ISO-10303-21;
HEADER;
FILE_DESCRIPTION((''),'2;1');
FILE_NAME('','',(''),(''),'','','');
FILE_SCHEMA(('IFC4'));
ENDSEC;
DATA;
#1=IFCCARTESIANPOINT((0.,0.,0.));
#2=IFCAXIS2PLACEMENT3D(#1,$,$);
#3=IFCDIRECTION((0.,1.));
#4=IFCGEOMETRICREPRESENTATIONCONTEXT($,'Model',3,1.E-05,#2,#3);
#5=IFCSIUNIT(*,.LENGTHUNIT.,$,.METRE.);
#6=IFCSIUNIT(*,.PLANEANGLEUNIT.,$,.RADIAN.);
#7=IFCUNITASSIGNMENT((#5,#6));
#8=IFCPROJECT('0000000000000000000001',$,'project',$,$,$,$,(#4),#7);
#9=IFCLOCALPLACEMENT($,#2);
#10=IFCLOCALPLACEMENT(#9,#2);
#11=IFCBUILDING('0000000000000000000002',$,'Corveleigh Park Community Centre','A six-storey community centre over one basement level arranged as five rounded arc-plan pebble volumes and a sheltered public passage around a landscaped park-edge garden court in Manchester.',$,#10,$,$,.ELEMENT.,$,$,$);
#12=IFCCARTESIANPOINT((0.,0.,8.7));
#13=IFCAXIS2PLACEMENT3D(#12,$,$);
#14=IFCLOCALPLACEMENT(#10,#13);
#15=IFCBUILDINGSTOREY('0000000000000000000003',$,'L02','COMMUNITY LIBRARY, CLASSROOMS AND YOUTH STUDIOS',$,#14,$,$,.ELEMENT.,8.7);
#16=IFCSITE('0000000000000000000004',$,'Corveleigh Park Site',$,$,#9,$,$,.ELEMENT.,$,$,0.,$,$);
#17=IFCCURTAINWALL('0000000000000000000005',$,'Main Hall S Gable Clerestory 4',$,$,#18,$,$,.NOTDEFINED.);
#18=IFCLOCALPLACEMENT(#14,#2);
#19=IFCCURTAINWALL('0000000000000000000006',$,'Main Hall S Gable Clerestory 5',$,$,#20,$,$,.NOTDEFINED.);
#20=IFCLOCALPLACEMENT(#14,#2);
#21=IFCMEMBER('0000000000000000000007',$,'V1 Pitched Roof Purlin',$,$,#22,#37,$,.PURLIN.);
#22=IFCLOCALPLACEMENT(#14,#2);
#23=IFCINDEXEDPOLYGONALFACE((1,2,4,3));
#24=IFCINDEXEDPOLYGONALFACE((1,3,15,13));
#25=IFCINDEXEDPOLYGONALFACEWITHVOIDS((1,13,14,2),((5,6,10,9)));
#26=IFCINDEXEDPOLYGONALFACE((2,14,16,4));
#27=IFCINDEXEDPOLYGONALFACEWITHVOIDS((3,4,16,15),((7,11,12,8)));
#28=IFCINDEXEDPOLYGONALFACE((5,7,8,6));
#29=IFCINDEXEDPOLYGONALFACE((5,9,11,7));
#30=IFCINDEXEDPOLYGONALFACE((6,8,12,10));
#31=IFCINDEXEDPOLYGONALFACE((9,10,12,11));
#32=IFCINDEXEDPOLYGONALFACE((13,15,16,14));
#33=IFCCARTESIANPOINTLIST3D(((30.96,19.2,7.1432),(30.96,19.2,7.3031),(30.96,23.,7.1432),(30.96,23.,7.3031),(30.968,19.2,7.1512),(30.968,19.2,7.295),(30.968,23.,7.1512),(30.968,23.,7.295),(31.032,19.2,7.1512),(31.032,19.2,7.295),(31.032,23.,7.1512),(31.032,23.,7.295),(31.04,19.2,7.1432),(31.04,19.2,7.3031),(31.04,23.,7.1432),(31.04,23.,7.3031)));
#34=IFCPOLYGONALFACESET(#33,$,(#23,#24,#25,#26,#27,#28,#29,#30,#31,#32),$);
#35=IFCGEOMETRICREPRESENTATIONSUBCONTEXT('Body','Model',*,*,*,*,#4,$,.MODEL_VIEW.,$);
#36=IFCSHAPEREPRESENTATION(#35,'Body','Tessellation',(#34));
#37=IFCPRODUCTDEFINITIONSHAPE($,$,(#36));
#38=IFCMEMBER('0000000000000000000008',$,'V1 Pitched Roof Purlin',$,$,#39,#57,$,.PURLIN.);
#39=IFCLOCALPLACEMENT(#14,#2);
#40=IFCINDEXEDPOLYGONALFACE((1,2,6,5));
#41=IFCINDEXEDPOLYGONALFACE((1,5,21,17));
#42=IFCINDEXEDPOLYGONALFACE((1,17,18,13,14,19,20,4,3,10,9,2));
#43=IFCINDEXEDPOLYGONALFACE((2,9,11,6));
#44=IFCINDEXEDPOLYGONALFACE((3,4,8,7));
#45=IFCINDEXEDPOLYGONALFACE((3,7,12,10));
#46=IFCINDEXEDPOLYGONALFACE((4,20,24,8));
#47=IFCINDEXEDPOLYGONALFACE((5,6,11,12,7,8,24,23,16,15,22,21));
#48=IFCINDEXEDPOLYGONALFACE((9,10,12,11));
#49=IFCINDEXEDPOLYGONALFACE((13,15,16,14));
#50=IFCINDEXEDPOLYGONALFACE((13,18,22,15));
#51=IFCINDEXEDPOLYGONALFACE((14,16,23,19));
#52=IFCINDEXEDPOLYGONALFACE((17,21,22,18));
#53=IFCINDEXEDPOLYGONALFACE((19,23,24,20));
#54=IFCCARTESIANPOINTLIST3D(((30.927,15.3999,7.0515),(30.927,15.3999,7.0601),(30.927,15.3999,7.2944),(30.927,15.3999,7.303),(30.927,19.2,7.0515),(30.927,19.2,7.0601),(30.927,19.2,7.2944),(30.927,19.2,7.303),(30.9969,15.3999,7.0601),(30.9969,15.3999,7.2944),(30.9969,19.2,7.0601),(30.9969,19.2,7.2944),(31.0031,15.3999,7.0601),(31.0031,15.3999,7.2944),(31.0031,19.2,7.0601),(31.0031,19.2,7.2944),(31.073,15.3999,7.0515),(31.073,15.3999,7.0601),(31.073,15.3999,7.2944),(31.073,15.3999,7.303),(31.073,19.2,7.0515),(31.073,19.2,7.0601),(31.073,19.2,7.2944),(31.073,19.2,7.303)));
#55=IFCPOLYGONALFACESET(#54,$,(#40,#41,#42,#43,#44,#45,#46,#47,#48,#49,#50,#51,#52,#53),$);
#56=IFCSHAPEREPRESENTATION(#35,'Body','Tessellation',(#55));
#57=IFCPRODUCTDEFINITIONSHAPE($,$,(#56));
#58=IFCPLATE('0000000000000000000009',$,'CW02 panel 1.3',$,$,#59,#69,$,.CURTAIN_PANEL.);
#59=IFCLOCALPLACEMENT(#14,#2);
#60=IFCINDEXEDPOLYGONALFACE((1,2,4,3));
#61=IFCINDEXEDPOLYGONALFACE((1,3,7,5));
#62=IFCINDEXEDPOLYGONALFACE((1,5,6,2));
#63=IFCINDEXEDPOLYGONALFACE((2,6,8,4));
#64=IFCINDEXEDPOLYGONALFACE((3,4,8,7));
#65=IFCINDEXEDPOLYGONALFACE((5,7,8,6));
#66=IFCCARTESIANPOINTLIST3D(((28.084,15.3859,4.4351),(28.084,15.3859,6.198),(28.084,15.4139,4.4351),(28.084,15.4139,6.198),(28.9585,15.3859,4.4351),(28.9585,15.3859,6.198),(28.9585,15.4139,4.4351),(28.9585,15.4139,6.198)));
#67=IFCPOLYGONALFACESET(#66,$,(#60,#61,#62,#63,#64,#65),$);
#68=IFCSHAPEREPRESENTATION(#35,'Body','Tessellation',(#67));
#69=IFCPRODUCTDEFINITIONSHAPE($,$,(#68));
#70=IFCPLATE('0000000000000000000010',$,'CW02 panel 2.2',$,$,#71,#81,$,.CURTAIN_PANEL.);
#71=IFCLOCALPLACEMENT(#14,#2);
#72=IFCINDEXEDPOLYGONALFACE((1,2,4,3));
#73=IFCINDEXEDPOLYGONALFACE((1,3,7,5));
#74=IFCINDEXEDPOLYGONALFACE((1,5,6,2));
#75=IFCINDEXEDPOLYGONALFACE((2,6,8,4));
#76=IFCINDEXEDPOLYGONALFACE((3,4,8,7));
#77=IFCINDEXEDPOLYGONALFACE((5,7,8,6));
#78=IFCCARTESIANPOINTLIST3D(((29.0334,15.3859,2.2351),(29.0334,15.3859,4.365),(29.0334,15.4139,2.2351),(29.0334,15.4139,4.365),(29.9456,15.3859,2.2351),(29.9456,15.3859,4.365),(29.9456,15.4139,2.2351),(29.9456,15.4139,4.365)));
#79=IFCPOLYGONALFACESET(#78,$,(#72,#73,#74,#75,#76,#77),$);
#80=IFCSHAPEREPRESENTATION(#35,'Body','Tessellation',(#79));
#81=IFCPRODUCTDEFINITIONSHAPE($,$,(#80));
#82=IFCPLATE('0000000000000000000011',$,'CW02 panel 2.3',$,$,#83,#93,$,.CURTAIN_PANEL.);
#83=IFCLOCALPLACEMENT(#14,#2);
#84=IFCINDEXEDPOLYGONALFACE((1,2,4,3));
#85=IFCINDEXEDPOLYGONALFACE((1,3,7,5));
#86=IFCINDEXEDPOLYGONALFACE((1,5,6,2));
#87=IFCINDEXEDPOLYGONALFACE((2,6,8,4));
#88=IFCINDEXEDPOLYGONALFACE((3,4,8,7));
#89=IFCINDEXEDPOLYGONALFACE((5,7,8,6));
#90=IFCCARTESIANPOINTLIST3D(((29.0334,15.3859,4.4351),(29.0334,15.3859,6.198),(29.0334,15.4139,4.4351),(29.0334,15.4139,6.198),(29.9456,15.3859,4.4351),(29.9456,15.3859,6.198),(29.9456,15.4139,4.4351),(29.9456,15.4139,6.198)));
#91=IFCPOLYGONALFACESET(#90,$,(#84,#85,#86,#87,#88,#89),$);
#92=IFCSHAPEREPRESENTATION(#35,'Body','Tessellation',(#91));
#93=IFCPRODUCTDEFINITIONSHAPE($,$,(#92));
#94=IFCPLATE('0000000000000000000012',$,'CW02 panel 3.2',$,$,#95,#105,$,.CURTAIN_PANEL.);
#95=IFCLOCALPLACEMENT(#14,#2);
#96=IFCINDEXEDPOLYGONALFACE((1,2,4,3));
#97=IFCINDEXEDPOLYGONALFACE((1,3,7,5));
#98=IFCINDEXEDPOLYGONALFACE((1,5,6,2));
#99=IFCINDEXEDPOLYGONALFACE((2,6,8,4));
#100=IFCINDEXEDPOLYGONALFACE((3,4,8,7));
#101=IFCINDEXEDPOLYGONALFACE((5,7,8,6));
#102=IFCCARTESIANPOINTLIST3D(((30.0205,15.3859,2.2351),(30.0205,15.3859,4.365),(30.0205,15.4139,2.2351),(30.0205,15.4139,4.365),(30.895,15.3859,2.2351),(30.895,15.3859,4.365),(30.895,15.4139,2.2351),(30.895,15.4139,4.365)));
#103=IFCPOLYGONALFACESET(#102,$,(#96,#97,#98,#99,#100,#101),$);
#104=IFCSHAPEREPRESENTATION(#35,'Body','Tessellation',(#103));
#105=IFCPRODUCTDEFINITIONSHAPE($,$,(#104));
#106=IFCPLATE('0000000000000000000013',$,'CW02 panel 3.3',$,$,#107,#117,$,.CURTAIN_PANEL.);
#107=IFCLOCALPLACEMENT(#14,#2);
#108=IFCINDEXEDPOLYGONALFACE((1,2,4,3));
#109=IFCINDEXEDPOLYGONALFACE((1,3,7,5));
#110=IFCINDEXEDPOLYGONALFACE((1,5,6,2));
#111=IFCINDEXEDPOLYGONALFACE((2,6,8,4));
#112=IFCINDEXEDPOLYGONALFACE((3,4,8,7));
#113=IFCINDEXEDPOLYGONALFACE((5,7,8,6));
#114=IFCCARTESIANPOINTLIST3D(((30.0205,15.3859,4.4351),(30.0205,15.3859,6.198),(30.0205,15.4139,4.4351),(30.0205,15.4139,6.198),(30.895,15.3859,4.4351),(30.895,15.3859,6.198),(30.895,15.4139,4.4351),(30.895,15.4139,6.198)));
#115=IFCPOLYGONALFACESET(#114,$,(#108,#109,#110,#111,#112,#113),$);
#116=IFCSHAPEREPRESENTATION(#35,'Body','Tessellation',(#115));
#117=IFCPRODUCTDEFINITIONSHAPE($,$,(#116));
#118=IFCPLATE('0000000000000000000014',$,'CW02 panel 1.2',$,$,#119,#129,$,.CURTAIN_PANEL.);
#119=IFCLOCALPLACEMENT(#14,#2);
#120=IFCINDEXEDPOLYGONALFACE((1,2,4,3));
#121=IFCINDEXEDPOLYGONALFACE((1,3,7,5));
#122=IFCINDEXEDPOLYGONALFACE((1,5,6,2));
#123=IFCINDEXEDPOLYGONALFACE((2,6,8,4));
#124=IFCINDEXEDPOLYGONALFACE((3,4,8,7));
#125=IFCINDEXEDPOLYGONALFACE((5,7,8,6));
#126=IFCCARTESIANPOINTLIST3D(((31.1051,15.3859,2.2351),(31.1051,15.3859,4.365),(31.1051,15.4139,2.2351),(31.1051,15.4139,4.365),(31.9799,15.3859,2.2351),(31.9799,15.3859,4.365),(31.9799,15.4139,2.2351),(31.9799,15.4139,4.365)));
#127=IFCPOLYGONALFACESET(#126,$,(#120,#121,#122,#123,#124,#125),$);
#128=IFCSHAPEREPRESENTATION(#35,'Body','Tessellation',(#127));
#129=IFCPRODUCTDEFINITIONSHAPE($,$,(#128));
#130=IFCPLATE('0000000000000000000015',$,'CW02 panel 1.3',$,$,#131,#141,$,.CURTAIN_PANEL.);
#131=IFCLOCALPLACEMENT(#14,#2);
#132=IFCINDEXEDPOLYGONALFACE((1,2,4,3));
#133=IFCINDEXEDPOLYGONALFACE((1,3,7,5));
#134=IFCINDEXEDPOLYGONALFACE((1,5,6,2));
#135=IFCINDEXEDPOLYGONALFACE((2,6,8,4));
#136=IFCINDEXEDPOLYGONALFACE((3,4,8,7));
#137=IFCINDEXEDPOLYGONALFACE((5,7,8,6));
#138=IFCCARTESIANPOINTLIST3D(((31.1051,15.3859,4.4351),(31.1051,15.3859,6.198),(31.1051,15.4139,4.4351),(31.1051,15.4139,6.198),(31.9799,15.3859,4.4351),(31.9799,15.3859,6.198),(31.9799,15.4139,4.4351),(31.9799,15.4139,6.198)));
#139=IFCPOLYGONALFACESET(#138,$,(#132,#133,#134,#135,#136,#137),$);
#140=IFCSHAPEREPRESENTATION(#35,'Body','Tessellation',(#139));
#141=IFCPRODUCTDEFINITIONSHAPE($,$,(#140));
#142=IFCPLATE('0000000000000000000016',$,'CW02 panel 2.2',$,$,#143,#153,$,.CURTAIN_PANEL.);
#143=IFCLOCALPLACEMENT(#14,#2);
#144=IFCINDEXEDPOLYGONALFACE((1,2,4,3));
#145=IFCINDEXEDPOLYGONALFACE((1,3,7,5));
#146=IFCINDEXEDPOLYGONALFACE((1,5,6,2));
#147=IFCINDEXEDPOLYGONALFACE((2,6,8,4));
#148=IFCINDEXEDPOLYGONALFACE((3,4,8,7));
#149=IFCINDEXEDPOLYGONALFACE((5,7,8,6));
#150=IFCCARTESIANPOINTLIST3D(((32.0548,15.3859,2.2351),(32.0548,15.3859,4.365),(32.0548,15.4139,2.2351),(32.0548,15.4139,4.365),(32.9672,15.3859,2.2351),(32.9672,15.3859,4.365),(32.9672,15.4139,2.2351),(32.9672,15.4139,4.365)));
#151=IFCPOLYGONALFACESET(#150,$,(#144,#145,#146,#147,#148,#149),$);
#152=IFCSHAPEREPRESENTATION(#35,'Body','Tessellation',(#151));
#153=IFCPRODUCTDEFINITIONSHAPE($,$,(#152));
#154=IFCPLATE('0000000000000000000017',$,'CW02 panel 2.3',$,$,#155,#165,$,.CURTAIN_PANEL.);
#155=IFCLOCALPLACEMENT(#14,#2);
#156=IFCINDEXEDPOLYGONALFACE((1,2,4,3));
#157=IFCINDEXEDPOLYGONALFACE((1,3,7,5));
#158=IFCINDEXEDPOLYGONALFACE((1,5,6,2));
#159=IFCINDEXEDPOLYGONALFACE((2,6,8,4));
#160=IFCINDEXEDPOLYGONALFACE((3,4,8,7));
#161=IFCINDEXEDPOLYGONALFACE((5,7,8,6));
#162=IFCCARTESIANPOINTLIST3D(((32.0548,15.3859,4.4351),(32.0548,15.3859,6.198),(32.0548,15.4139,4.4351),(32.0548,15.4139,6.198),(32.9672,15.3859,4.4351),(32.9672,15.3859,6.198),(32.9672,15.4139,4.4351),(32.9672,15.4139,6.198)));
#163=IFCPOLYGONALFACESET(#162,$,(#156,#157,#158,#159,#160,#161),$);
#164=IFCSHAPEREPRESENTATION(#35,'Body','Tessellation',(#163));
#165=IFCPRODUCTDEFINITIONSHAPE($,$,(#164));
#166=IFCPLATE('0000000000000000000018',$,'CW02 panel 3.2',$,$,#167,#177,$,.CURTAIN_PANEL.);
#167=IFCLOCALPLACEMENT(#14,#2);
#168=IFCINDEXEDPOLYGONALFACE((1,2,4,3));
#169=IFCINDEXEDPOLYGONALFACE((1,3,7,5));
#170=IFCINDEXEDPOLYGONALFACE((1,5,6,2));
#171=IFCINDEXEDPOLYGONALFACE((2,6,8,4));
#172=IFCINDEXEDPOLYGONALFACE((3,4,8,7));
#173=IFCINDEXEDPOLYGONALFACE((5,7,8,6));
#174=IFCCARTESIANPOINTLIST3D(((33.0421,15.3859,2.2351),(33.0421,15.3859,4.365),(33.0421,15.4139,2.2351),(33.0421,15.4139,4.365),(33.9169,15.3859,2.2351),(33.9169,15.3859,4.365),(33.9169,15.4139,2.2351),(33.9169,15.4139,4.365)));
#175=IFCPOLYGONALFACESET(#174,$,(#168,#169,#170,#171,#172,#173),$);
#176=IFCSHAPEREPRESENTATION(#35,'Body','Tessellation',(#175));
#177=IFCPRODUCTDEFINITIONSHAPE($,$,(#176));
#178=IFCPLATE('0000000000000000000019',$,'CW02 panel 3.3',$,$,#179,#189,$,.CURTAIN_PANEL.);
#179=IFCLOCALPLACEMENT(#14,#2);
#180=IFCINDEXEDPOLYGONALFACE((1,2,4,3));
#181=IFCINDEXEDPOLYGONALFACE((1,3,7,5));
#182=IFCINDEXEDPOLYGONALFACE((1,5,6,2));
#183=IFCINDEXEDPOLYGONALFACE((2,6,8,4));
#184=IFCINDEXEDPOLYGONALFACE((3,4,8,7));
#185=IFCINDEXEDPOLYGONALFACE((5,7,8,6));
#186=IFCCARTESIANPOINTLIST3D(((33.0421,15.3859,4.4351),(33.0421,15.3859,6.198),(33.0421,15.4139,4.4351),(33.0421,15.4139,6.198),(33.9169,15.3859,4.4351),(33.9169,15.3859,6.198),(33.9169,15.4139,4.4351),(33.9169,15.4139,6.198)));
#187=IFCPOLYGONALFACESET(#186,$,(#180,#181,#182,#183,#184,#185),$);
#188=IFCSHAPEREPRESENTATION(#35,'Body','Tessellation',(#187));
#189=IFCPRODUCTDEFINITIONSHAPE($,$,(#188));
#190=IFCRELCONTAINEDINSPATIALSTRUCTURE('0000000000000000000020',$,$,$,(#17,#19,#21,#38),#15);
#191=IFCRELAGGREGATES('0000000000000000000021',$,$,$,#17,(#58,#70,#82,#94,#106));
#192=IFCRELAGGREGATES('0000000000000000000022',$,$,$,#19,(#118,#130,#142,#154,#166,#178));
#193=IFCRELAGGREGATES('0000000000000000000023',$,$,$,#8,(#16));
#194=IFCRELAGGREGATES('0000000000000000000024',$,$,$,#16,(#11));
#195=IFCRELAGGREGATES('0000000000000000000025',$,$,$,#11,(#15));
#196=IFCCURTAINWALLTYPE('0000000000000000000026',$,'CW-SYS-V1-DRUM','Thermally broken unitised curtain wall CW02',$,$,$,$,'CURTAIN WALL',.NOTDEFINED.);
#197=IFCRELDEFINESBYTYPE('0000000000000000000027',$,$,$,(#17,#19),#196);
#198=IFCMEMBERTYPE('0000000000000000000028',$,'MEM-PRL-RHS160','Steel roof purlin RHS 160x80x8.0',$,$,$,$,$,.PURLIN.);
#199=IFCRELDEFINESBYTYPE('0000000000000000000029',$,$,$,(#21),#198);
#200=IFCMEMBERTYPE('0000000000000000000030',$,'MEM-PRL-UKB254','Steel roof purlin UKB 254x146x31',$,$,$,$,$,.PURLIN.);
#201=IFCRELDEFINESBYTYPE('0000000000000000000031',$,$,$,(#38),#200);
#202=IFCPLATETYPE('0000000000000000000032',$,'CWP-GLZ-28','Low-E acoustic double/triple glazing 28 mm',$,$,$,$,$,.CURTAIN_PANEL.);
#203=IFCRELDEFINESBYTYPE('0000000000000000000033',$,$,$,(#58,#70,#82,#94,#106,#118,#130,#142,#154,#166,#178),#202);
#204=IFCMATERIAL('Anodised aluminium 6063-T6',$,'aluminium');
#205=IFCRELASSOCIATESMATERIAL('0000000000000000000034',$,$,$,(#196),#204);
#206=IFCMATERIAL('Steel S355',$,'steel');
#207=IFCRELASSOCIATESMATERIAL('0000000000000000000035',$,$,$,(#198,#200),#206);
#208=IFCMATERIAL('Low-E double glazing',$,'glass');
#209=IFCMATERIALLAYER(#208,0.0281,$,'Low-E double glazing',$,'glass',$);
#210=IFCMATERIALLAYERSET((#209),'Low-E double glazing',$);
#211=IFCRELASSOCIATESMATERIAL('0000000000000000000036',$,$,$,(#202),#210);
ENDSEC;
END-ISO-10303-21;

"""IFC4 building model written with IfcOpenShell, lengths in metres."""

from ifc_helpers import new_model, si_unit, direction, frame, origin, origin_2d, place, context, subcontext, project, spatial, rectangle, hollow_rectangle, i_section, extrude, material, layer, layer_set, material_profile, profile_set, type_object, element, aggregate, save


model = new_model("IFC4")

# Units and contexts
model_context = context("Model", 3, precision=1e-05, world=origin(), true_north=direction((0.0, 1.0)))
body_context = subcontext(model_context, "Body", "Model", "MODEL_VIEW")
ifc_project = project(units=[si_unit("LENGTHUNIT", "METRE"), si_unit("PLANEANGLEUNIT", "RADIAN")], contexts=[model_context])

# Site, building, storey
site_placement = place(None, origin())
site = spatial("IfcSite", under=ifc_project, at=site_placement, Name="Corveleigh Park Site", CompositionType="ELEMENT", RefElevation=0.0)
building_placement = place(site_placement, origin())
building = spatial("IfcBuilding", under=site, at=building_placement, Name="Corveleigh Park Community Centre", Description="A six-storey community centre over one basement level arranged as five rounded arc-plan pebble volumes and a sheltered public passage around a landscaped park-edge garden court in Manchester.", CompositionType="ELEMENT")
storey_placement = place(building_placement, frame((0.0, 0.0, 8.7)))
storey = spatial("IfcBuildingStorey", under=building, at=storey_placement, Name="L02", Description="COMMUNITY LIBRARY, CLASSROOMS AND YOUTH STUDIOS", CompositionType="ELEMENT", Elevation=8.7)

# Shared definitions
ifc_material_1 = material(Name="Steel S355", Category="steel")

# Curtain walls
ifc_material_2 = material(Name="Anodised aluminium 6063-T6", Category="aluminium")
curtain_wall_type = type_object("IfcCurtainWallType", Name="CW-SYS-V1-DRUM", Description="Thermally broken unitised curtain wall CW02", ElementType="CURTAIN WALL", PredefinedType="NOTDEFINED", material=ifc_material_2)
curtain_wall_1_placement = place(storey_placement, origin())
curtain_wall_1 = element("IfcCurtainWall", 1, at=curtain_wall_1_placement, inside=storey, type_object=curtain_wall_type, Name="Main Hall S Gable Clerestory 4", PredefinedType="NOTDEFINED")
curtain_wall_2_placement = place(storey_placement, origin())
curtain_wall_2 = element("IfcCurtainWall", 2, at=curtain_wall_2_placement, inside=storey, type_object=curtain_wall_type, Name="Main Hall S Gable Clerestory 5", PredefinedType="NOTDEFINED")

# Members
ifc_material_profile_1 = material_profile(ifc_material_1, hollow_rectangle(XDim=0.0801, YDim=0.1599, WallThickness=0.0081, at=origin_2d()), Name="RHS 160x80x8.0", Category="steel")
ifc_profile_set_1 = profile_set([ifc_material_profile_1], Name="Steel S355")
member_type_1 = type_object("IfcMemberType", Name="MEM-PRL-RHS160", Description="Steel roof purlin RHS 160x80x8.0", PredefinedType="PURLIN", material=ifc_profile_set_1)
member_1_placement = place(storey_placement, frame((31.0, 19.2, 7.2231), z_axis=(0.0, 1.0, 0.0), x_axis=(-1.0, 0.0, 0.0)))
element("IfcMember", 3, at=member_1_placement, inside=storey, type_object=member_type_1, Name="V1 Pitched Roof Purlin", PredefinedType="PURLIN", context=body_context, shape_type="SweptSolid", body=[
    extrude(hollow_rectangle(XDim=0.0801, YDim=0.1599, WallThickness=0.0081, at=origin_2d()), origin(), (0.0, 0.0, 1.0), 3.8),
])
ifc_material_profile_2 = material_profile(ifc_material_1, i_section(OverallWidth=0.146, OverallDepth=0.2515, WebThickness=0.0061, FlangeThickness=0.0085, at=origin_2d()), Name="UKB 254x146x31", Category="steel")
ifc_profile_set_2 = profile_set([ifc_material_profile_2], Name="Steel S355")
member_type_2 = type_object("IfcMemberType", Name="MEM-PRL-UKB254", Description="Steel roof purlin UKB 254x146x31", PredefinedType="PURLIN", material=ifc_profile_set_2)
member_2_placement = place(storey_placement, frame((31.0, 15.3999, 7.1772), z_axis=(0.0, 1.0, 0.0), x_axis=(-1.0, 0.0, 0.0)))
element("IfcMember", 4, at=member_2_placement, inside=storey, type_object=member_type_2, Name="V1 Pitched Roof Purlin", PredefinedType="PURLIN", context=body_context, shape_type="SweptSolid", body=[
    extrude(i_section(OverallWidth=0.146, OverallDepth=0.2515, WebThickness=0.0061, FlangeThickness=0.0085, at=origin_2d()), origin(), (0.0, 0.0, 1.0), 3.8),
])

# Plates
ifc_material_3 = material(Name="Low-E double glazing", Category="glass")
ifc_layer_1 = layer(ifc_material_3, 0.0281, Name="Low-E double glazing", Category="glass")
ifc_layer_set_1 = layer_set([ifc_layer_1], Name="Low-E double glazing")
plate_type_1 = type_object("IfcPlateType", Name="CWP-GLZ-28", Description="Low-E acoustic double/triple glazing 28 mm", PredefinedType="CURTAIN_PANEL", material=ifc_layer_set_1)
plate_1_placement = place(storey_placement, frame((28.5212, 15.3999, 4.4351), z_axis=(0.0, 0.0, 1.0), x_axis=(1.0, 0.0, 0.0)))
plate_1 = element("IfcPlate", 5, at=plate_1_placement, type_object=plate_type_1, Name="CW02 panel 1.3", PredefinedType="CURTAIN_PANEL", context=body_context, shape_type="SweptSolid", body=[
    extrude(rectangle(XDim=0.8745, YDim=0.0281, at=origin_2d()), origin(), (0.0, 0.0, 1.0), 1.7629),
])
plate_2_placement = place(storey_placement, frame((29.4895, 15.3999, 2.2351), z_axis=(0.0, 0.0, 1.0), x_axis=(1.0, 0.0, 0.0)))
plate_2 = element("IfcPlate", 6, at=plate_2_placement, type_object=plate_type_1, Name="CW02 panel 2.2", PredefinedType="CURTAIN_PANEL", context=body_context, shape_type="SweptSolid", body=[
    extrude(rectangle(XDim=0.9121, YDim=0.0281, at=origin_2d()), origin(), (0.0, 0.0, 1.0), 2.1299),
])
plate_3_placement = place(storey_placement, frame((29.4895, 15.3999, 4.4351), z_axis=(0.0, 0.0, 1.0), x_axis=(1.0, 0.0, 0.0)))
plate_3 = element("IfcPlate", 7, at=plate_3_placement, type_object=plate_type_1, Name="CW02 panel 2.3", PredefinedType="CURTAIN_PANEL", context=body_context, shape_type="SweptSolid", body=[
    extrude(rectangle(XDim=0.9121, YDim=0.0281, at=origin_2d()), origin(), (0.0, 0.0, 1.0), 1.7629),
])
plate_4_placement = place(storey_placement, frame((30.4578, 15.3999, 2.2351), z_axis=(0.0, 0.0, 1.0), x_axis=(1.0, 0.0, 0.0)))
plate_4 = element("IfcPlate", 8, at=plate_4_placement, type_object=plate_type_1, Name="CW02 panel 3.2", PredefinedType="CURTAIN_PANEL", context=body_context, shape_type="SweptSolid", body=[
    extrude(rectangle(XDim=0.8745, YDim=0.0281, at=origin_2d()), origin(), (0.0, 0.0, 1.0), 2.1299),
])
plate_5_placement = place(storey_placement, frame((30.4578, 15.3999, 4.4351), z_axis=(0.0, 0.0, 1.0), x_axis=(1.0, 0.0, 0.0)))
plate_5 = element("IfcPlate", 9, at=plate_5_placement, type_object=plate_type_1, Name="CW02 panel 3.3", PredefinedType="CURTAIN_PANEL", context=body_context, shape_type="SweptSolid", body=[
    extrude(rectangle(XDim=0.8745, YDim=0.0281, at=origin_2d()), origin(), (0.0, 0.0, 1.0), 1.7629),
])
aggregate(curtain_wall_1, [plate_1, plate_2, plate_3, plate_4, plate_5])
plate_6_placement = place(storey_placement, frame((31.5425, 15.3999, 2.2351), z_axis=(0.0, 0.0, 1.0), x_axis=(1.0, 0.0, 0.0)))
plate_6 = element("IfcPlate", 10, at=plate_6_placement, type_object=plate_type_1, Name="CW02 panel 1.2", PredefinedType="CURTAIN_PANEL", context=body_context, shape_type="SweptSolid", body=[
    extrude(rectangle(XDim=0.8748, YDim=0.0281, at=origin_2d()), origin(), (0.0, 0.0, 1.0), 2.1299),
])
plate_7_placement = place(storey_placement, frame((31.5425, 15.3999, 4.4351), z_axis=(0.0, 0.0, 1.0), x_axis=(1.0, 0.0, 0.0)))
plate_7 = element("IfcPlate", 11, at=plate_7_placement, type_object=plate_type_1, Name="CW02 panel 1.3", PredefinedType="CURTAIN_PANEL", context=body_context, shape_type="SweptSolid", body=[
    extrude(rectangle(XDim=0.8748, YDim=0.0281, at=origin_2d()), origin(), (0.0, 0.0, 1.0), 1.7629),
])
plate_8_placement = place(storey_placement, frame((32.511, 15.3999, 2.2351), z_axis=(0.0, 0.0, 1.0), x_axis=(1.0, 0.0, 0.0)))
plate_8 = element("IfcPlate", 12, at=plate_8_placement, type_object=plate_type_1, Name="CW02 panel 2.2", PredefinedType="CURTAIN_PANEL", context=body_context, shape_type="SweptSolid", body=[
    extrude(rectangle(XDim=0.9124, YDim=0.0281, at=origin_2d()), origin(), (0.0, 0.0, 1.0), 2.1299),
])
plate_9_placement = place(storey_placement, frame((32.511, 15.3999, 4.4351), z_axis=(0.0, 0.0, 1.0), x_axis=(1.0, 0.0, 0.0)))
plate_9 = element("IfcPlate", 13, at=plate_9_placement, type_object=plate_type_1, Name="CW02 panel 2.3", PredefinedType="CURTAIN_PANEL", context=body_context, shape_type="SweptSolid", body=[
    extrude(rectangle(XDim=0.9124, YDim=0.0281, at=origin_2d()), origin(), (0.0, 0.0, 1.0), 1.7629),
])
plate_10_placement = place(storey_placement, frame((33.4795, 15.3999, 2.2351), z_axis=(0.0, 0.0, 1.0), x_axis=(1.0, 0.0, 0.0)))
plate_10 = element("IfcPlate", 14, at=plate_10_placement, type_object=plate_type_1, Name="CW02 panel 3.2", PredefinedType="CURTAIN_PANEL", context=body_context, shape_type="SweptSolid", body=[
    extrude(rectangle(XDim=0.8748, YDim=0.0281, at=origin_2d()), origin(), (0.0, 0.0, 1.0), 2.1299),
])
plate_11_placement = place(storey_placement, frame((33.4795, 15.3999, 4.4351), z_axis=(0.0, 0.0, 1.0), x_axis=(1.0, 0.0, 0.0)))
plate_11 = element("IfcPlate", 15, at=plate_11_placement, type_object=plate_type_1, Name="CW02 panel 3.3", PredefinedType="CURTAIN_PANEL", context=body_context, shape_type="SweptSolid", body=[
    extrude(rectangle(XDim=0.8748, YDim=0.0281, at=origin_2d()), origin(), (0.0, 0.0, 1.0), 1.7629),
])
aggregate(curtain_wall_2, [plate_6, plate_7, plate_8, plate_9, plate_10, plate_11])

save(model, "model.ifc")
